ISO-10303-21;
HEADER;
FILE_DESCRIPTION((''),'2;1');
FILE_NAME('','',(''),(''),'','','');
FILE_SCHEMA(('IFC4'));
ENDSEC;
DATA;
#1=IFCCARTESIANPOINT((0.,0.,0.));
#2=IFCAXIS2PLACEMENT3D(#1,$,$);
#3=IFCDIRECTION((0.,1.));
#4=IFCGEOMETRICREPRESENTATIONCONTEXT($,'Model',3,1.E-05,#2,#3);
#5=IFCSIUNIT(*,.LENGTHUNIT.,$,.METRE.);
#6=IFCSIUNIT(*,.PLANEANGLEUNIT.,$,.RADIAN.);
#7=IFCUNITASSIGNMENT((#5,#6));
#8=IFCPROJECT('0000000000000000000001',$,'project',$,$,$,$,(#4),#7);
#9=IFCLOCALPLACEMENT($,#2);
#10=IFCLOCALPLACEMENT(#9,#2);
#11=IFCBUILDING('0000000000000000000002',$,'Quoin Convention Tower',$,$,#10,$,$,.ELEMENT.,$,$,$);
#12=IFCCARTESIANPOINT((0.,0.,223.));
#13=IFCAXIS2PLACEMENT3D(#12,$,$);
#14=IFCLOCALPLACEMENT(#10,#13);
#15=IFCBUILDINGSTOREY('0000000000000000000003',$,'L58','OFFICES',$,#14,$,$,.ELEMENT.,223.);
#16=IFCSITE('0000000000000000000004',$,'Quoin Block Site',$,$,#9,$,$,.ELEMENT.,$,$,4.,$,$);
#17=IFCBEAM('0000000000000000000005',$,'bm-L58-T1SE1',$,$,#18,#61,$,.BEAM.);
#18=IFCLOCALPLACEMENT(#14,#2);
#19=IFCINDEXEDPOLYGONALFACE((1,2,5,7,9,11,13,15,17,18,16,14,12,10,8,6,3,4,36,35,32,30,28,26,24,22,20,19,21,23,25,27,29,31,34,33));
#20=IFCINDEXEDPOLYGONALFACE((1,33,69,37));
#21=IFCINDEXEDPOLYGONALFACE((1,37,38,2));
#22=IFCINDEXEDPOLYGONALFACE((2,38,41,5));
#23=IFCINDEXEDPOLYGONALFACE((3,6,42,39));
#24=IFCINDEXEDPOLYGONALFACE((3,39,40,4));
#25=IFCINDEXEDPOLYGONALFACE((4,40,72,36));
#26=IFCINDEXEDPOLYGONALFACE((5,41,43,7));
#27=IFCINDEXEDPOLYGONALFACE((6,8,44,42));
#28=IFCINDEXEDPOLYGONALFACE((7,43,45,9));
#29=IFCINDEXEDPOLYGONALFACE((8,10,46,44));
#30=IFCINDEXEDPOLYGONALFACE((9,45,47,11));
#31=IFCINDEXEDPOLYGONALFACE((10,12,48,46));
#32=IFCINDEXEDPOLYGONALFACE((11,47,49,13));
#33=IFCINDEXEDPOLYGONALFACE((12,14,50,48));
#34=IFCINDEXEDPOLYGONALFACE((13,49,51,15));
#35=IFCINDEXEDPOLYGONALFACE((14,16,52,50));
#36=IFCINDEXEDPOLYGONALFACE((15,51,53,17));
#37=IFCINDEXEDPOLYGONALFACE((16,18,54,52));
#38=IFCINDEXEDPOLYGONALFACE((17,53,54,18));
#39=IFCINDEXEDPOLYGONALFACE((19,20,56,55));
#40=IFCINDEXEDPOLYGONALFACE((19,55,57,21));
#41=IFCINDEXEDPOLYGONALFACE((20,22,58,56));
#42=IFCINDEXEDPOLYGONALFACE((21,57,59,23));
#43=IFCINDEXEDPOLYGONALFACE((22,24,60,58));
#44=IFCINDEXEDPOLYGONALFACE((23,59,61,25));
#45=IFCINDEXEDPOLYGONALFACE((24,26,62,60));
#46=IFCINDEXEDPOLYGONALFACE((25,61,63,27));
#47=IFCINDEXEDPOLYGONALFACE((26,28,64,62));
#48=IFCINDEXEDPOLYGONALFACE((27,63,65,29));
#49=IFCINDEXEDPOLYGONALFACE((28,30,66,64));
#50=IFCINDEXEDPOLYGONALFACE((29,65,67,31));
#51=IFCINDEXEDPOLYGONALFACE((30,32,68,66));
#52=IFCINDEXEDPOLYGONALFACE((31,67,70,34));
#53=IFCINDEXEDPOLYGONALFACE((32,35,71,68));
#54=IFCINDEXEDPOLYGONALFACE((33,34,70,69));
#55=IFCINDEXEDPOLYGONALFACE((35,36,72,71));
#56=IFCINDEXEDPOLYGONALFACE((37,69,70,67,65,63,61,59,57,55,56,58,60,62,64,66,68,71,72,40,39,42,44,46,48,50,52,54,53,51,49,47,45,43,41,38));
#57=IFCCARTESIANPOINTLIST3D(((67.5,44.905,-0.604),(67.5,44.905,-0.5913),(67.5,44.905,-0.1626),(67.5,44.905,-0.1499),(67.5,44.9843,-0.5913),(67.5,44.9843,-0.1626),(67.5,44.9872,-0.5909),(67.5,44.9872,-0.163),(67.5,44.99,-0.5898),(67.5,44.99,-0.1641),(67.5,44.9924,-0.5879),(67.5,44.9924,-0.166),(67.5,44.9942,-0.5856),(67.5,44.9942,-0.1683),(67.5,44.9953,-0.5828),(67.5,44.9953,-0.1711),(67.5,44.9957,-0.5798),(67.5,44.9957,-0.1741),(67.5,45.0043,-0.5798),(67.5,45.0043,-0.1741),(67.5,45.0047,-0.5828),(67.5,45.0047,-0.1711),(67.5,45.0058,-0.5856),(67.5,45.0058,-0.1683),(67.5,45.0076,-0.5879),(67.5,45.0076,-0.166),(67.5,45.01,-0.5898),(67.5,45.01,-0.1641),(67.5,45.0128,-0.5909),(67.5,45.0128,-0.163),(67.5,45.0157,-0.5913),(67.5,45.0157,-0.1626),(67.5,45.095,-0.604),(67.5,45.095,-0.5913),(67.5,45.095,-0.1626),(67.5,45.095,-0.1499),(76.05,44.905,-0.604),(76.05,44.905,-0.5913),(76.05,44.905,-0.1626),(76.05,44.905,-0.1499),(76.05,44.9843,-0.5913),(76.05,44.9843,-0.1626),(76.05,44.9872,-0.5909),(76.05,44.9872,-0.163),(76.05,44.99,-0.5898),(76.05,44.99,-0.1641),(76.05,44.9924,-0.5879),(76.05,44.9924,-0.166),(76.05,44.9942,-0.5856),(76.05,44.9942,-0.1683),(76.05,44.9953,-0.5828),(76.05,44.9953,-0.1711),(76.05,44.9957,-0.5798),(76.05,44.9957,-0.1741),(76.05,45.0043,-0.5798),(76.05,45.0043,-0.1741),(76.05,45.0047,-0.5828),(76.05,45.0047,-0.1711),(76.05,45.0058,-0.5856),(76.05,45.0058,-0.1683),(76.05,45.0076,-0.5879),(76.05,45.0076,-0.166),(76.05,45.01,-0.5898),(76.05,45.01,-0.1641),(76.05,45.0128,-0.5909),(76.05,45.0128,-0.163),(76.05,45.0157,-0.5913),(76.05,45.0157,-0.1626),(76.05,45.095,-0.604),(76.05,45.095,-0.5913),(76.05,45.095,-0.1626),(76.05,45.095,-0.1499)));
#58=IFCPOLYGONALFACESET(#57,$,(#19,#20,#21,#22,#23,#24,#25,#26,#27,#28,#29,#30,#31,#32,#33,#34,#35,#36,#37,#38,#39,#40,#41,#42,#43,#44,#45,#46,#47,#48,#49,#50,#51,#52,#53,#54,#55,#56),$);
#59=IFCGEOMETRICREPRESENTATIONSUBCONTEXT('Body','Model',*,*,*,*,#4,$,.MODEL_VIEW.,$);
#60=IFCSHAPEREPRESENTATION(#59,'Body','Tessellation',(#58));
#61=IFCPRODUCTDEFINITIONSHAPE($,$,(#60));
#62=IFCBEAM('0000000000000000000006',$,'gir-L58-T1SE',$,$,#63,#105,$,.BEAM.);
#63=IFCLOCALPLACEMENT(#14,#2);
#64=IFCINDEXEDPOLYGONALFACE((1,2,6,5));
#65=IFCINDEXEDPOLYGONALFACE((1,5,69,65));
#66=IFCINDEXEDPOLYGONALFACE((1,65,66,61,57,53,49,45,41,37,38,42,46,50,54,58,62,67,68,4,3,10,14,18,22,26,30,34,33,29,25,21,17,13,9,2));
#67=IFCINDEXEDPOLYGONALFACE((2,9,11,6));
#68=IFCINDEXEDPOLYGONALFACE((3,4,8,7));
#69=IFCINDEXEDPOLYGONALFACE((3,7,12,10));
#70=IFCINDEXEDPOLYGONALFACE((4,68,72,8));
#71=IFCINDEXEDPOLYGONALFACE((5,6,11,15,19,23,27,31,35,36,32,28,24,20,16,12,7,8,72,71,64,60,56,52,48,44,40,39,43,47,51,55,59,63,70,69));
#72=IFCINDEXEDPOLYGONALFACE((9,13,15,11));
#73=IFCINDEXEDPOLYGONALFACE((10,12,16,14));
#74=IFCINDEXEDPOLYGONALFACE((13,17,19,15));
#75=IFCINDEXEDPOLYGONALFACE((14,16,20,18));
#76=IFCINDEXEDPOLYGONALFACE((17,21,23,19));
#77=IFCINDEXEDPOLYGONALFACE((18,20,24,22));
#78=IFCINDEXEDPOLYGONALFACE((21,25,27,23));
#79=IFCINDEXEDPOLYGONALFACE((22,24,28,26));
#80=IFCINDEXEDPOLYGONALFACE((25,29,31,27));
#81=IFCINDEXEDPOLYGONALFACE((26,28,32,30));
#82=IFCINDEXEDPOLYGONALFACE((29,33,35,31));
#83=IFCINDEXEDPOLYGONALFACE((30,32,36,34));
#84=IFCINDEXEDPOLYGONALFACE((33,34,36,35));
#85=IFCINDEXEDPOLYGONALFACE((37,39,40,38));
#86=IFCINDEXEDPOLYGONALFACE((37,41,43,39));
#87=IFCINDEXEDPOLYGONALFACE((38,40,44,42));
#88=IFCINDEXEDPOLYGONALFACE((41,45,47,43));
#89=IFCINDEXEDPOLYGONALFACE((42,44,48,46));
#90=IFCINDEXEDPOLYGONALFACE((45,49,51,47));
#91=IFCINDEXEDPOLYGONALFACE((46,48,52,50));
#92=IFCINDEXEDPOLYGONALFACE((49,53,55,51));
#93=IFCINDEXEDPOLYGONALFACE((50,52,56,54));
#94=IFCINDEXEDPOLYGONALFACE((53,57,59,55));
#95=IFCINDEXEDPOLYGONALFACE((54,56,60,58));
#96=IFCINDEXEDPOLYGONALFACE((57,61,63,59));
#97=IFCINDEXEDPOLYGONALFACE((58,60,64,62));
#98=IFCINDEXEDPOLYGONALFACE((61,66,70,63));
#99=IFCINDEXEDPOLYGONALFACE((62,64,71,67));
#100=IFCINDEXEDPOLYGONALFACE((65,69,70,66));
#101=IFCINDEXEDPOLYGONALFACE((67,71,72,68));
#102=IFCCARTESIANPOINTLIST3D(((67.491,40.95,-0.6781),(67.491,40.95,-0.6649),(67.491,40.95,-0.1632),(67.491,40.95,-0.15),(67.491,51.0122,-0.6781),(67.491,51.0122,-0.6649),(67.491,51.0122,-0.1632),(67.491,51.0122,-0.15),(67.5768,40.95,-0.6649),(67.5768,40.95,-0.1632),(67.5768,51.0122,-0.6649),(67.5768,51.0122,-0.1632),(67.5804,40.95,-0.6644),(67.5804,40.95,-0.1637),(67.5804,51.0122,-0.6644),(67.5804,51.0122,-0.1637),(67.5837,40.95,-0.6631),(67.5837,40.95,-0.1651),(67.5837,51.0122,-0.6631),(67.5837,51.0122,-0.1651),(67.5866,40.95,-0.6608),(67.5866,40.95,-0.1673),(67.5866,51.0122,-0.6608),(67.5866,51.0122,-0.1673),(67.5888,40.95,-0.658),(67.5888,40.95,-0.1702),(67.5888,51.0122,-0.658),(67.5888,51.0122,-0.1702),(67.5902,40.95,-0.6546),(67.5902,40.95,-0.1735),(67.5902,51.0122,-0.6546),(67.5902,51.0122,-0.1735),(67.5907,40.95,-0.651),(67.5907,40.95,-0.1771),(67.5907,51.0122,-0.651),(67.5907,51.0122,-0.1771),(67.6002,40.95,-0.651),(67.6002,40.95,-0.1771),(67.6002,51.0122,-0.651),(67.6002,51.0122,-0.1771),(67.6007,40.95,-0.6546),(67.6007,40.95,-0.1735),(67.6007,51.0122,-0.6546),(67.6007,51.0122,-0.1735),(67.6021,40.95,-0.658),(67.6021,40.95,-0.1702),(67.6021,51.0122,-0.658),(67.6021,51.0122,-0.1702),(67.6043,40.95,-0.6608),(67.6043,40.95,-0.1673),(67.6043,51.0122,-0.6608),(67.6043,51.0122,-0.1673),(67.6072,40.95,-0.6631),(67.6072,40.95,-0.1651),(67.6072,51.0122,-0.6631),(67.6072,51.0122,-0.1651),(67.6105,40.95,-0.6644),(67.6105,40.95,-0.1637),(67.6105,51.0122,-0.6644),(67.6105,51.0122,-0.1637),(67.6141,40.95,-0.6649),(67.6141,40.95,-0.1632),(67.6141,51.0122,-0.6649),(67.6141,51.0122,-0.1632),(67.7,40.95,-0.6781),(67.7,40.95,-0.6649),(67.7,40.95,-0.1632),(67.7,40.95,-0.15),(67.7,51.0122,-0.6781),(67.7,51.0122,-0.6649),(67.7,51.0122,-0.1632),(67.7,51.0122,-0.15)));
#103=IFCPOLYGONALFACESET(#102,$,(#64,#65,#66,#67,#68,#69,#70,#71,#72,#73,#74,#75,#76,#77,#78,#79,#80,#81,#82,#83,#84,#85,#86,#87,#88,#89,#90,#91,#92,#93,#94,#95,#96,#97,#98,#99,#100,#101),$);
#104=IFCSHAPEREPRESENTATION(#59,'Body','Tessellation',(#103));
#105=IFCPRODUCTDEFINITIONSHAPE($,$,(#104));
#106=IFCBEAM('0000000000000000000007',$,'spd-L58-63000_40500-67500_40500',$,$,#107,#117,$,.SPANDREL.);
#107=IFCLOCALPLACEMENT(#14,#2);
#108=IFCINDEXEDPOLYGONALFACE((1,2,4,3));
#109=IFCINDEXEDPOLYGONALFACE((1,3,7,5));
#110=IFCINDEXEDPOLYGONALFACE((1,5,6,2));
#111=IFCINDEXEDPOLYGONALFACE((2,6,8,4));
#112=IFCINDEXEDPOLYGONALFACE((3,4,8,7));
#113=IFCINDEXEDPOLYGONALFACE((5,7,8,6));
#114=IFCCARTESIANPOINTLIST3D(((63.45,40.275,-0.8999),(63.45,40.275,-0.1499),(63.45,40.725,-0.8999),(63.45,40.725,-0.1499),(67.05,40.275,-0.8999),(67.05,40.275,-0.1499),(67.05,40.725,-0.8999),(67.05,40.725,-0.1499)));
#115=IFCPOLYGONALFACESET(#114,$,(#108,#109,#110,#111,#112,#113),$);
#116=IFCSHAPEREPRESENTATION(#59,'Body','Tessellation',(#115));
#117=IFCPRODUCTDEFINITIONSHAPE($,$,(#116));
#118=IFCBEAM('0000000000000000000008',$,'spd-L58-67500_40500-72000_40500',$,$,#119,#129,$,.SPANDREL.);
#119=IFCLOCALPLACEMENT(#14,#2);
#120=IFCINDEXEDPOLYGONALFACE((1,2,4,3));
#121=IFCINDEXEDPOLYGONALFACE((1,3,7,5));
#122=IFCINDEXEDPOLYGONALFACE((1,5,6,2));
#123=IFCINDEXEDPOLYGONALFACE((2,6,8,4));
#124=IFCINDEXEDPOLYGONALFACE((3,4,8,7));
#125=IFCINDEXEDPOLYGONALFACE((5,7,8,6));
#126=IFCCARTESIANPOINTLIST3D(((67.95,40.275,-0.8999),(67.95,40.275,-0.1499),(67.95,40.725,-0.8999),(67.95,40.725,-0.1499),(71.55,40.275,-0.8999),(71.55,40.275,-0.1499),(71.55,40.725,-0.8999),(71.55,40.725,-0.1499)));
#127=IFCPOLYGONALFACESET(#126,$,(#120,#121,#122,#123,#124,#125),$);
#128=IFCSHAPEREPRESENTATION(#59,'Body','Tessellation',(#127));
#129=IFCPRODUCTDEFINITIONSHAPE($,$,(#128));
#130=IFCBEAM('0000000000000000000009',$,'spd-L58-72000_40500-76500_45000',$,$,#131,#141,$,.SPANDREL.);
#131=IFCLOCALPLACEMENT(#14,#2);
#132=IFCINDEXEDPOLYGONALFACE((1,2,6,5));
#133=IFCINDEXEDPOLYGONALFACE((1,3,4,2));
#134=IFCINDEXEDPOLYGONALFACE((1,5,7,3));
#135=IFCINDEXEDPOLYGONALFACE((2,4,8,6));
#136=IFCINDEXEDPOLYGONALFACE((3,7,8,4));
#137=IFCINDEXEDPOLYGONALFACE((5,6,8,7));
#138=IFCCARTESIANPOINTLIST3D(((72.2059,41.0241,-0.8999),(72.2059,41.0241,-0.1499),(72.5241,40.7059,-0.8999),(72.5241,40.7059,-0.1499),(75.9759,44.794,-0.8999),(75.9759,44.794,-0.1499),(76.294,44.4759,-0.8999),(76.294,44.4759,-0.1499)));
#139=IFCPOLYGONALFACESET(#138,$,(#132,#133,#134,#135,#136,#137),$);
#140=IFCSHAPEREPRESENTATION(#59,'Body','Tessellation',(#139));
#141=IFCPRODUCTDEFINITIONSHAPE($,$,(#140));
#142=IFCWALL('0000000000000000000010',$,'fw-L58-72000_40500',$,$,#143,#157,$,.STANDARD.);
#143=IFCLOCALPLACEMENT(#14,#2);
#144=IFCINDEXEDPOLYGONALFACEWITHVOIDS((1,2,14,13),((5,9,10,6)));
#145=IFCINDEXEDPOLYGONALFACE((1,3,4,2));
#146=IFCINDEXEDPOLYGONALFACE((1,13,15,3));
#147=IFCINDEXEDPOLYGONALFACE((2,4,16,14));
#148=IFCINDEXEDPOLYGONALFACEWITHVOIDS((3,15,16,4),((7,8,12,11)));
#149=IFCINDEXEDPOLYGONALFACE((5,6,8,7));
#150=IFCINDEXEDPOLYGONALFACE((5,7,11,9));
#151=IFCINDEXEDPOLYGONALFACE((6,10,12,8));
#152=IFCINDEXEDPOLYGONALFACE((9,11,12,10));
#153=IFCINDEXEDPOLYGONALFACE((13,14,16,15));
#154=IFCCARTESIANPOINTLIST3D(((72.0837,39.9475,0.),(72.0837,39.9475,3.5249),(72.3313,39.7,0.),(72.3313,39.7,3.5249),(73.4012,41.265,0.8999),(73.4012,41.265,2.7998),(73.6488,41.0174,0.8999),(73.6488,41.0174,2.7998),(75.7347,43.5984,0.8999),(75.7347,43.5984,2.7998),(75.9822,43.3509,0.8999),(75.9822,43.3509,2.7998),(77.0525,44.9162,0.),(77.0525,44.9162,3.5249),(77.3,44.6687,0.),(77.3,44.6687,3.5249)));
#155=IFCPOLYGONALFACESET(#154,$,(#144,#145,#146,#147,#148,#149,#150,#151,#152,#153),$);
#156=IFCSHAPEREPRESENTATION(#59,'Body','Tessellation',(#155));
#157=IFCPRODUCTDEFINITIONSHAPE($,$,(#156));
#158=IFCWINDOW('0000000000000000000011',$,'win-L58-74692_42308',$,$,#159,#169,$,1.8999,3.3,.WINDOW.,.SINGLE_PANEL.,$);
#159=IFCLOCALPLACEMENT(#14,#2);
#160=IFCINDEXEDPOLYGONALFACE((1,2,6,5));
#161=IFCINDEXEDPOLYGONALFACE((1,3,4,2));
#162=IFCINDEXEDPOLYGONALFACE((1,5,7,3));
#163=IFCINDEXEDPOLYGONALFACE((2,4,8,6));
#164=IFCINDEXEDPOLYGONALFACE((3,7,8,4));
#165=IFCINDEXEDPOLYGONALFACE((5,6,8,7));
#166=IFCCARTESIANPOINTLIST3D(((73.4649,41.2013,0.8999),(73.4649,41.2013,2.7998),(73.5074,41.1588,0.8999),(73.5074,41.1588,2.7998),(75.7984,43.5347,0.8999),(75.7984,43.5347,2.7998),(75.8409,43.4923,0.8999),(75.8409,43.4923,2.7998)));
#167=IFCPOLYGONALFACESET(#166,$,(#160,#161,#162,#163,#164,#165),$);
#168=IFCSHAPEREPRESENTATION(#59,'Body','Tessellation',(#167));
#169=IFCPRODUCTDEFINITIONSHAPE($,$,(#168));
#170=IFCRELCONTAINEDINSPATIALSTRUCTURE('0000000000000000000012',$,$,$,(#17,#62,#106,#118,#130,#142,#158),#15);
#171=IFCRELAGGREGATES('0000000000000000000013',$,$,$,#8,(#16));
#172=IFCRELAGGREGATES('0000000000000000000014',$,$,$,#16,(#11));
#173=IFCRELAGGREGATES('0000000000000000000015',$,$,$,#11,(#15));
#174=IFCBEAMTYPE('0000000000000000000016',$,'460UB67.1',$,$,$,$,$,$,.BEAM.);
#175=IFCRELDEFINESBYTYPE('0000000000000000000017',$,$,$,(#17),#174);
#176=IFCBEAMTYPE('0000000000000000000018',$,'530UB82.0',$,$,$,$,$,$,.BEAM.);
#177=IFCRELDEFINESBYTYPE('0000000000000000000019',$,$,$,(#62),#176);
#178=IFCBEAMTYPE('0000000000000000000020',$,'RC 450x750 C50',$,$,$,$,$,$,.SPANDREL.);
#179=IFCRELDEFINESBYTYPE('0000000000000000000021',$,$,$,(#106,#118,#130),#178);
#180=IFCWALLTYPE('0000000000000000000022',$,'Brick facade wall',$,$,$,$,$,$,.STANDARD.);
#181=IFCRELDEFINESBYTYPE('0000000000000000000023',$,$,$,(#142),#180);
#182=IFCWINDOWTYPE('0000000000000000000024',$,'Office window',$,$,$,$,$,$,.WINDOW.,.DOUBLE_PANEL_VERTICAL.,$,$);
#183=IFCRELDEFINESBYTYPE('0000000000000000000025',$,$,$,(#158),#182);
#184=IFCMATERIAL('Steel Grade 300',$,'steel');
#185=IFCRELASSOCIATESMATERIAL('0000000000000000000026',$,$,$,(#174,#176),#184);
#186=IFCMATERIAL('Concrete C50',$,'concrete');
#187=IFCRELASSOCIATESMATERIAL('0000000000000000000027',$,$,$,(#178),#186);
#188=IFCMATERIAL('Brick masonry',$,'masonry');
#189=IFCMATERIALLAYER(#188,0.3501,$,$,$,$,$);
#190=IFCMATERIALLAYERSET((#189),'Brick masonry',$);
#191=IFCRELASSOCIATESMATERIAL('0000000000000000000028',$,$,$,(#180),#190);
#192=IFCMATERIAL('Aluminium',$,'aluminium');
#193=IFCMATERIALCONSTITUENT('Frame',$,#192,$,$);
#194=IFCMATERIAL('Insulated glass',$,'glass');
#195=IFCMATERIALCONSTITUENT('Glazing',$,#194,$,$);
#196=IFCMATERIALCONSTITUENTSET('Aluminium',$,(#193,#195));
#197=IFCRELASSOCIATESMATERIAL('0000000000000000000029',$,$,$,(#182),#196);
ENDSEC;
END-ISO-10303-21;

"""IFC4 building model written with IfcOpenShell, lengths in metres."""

from ifc_helpers import new_model, si_unit, direction, frame, frame_2d, origin, origin_2d, place, context, subcontext, project, spatial, rectangle, i_section, extrude, material, layer, layer_set, constituent, constituent_set, material_profile, profile_set, type_object, element, fill, save


model = new_model("IFC4")

# Units and contexts
model_context = context("Model", 3, precision=1e-05, world=origin(), true_north=direction((0.0, 1.0)))
body_context = subcontext(model_context, "Body", "Model", "MODEL_VIEW")
ifc_project = project(units=[si_unit("LENGTHUNIT", "METRE"), si_unit("PLANEANGLEUNIT", "RADIAN")], contexts=[model_context])

# Site, building, storey
site_placement = place(None, origin())
site = spatial("IfcSite", under=ifc_project, at=site_placement, Name="Quoin Block Site", CompositionType="ELEMENT", RefElevation=4.0)
building_placement = place(site_placement, origin())
building = spatial("IfcBuilding", under=site, at=building_placement, Name="Quoin Convention Tower", CompositionType="ELEMENT")
storey_placement = place(building_placement, frame((0.0, 0.0, 223.0)))
storey = spatial("IfcBuildingStorey", under=building, at=storey_placement, Name="L58", Description="OFFICES", CompositionType="ELEMENT", Elevation=223.0)

# Shared definitions
ifc_material_1 = material(Name="Concrete C50", Category="concrete")

# Beams
ifc_material_2 = material(Name="Steel Grade 300", Category="steel")
ifc_material_profile_1 = material_profile(ifc_material_2, i_section(OverallWidth=0.1899, OverallDepth=0.4541, WebThickness=0.0085, FlangeThickness=0.0127, FilletRadius=0.0115, at=origin_2d()), Name="460UB67.1")
ifc_profile_set_1 = profile_set([ifc_material_profile_1], Name="Steel Grade 300")
beam_type_1 = type_object("IfcBeamType", Name="460UB67.1", PredefinedType="BEAM", material=ifc_profile_set_1)
beam_1_placement = place(storey_placement, frame((67.5, 45.0, -0.377), z_axis=(1.0, 0.0, 0.0), x_axis=(0.0, 1.0, 0.0)))
element("IfcBeam", 1, at=beam_1_placement, inside=storey, type_object=beam_type_1, Name="bm-L58-T1SE1", PredefinedType="BEAM", context=body_context, shape_type="SweptSolid", body=[
    extrude(i_section(OverallWidth=0.1899, OverallDepth=0.4541, WebThickness=0.0085, FlangeThickness=0.0127, FilletRadius=0.0115, at=origin_2d()), origin(), (0.0, 0.0, 1.0), 8.55),
])
ifc_material_profile_2 = material_profile(ifc_material_2, i_section(OverallWidth=0.209, OverallDepth=0.5281, WebThickness=0.0095, FlangeThickness=0.0132, FilletRadius=0.0139, at=origin_2d()), Name="530UB82.0")
ifc_profile_set_2 = profile_set([ifc_material_profile_2], Name="Steel Grade 300")
beam_type_2 = type_object("IfcBeamType", Name="530UB82.0", PredefinedType="BEAM", material=ifc_profile_set_2)
beam_2_placement = place(storey_placement, frame((67.5955, 40.95, -0.4141), z_axis=(0.0, 1.0, 0.0), x_axis=(-1.0, 0.0, 0.0)))
element("IfcBeam", 2, at=beam_2_placement, inside=storey, type_object=beam_type_2, Name="gir-L58-T1SE", PredefinedType="BEAM", context=body_context, shape_type="SweptSolid", body=[
    extrude(i_section(OverallWidth=0.209, OverallDepth=0.5281, WebThickness=0.0095, FlangeThickness=0.0132, FilletRadius=0.0139, at=origin_2d()), origin(), (0.0, 0.0, 1.0), 10.0623),
])
ifc_material_profile_3 = material_profile(ifc_material_1, rectangle(XDim=0.45, YDim=0.75, at=origin_2d()), Name="RC 450x750")
ifc_profile_set_3 = profile_set([ifc_material_profile_3], Name="Concrete C50")
beam_type_3 = type_object("IfcBeamType", Name="RC 450x750 C50", PredefinedType="SPANDREL", material=ifc_profile_set_3)
for number, where, z_axis, x_axis, name in (
    (3, (63.45, 40.5, -0.5249), (1.0, 0.0, 0.0), (0.0, 1.0, 0.0), "spd-L58-63000_40500-67500_40500"),
    (4, (67.95, 40.5, -0.5249), (1.0, 0.0, 0.0), (0.0, 1.0, 0.0), "spd-L58-67500_40500-72000_40500"),
):
    element("IfcBeam", number, at=place(storey_placement, frame(where, z_axis=z_axis, x_axis=x_axis)), inside=storey, type_object=beam_type_3, Name=name, PredefinedType="SPANDREL", context=body_context, shape_type="SweptSolid", body=[
        extrude(rectangle(XDim=0.45, YDim=0.75, at=origin_2d()), origin(), (0.0, 0.0, 1.0), 3.6001),
    ])
beam_3_placement = place(storey_placement, frame((72.365, 40.865, -0.5249), z_axis=(0.707107, 0.707107, 0.0), x_axis=(-0.707107, 0.707107, 0.0)))
element("IfcBeam", 5, at=beam_3_placement, inside=storey, type_object=beam_type_3, Name="spd-L58-72000_40500-76500_45000", PredefinedType="SPANDREL", context=body_context, shape_type="SweptSolid", body=[
    extrude(rectangle(XDim=0.45, YDim=0.75, at=origin_2d()), origin(), (0.0, 0.0, 1.0), 5.3315),
])

# Wall, opening, window
ifc_material_3 = material(Name="Brick masonry", Category="masonry")
ifc_layer_1 = layer(ifc_material_3, 0.3501)
ifc_layer_set_1 = layer_set([ifc_layer_1], Name="Brick masonry")
wall_type_1 = type_object("IfcWallType", Name="Brick facade wall", PredefinedType="STANDARD", material=ifc_layer_set_1)
wall_1_placement = place(storey_placement, frame((72.2075, 39.8237, 0.0), z_axis=(0.0, 0.0, 1.0), x_axis=(0.707107, 0.707107, 0.0)))
wall_1 = element("IfcWall", 6, at=wall_1_placement, inside=storey, type_object=wall_type_1, Name="fw-L58-72000_40500", PredefinedType="STANDARD", context=body_context, shape_type="SweptSolid", body=[
    extrude(rectangle(XDim=7.0269, YDim=0.3501, at=frame_2d((3.5134, 0.0))), origin(), (0.0, 0.0, 1.0), 3.5249),
])
opening_1_placement = place(wall_1_placement, frame((1.8633, 0.0, 0.8999)))
opening_1 = element("IfcOpeningElement", 7, at=opening_1_placement, cuts=wall_1, PredefinedType="OPENING", context=body_context, shape_type="SweptSolid", body=[
    extrude(rectangle(XDim=3.3, YDim=1.8999, at=frame_2d((1.6499, 0.95))), frame((0.0, 0.1851, 0.0), z_axis=(0.0, -1.0, 0.0), x_axis=(1.0, 0.0, 0.0)), (0.0, 0.0, 1.0), 0.3701),
])
ifc_material_4 = material(Name="Aluminium", Category="aluminium")
ifc_constituent_1 = constituent(ifc_material_4, Name="Frame")
ifc_material_5 = material(Name="Insulated glass", Category="glass")
ifc_constituent_2 = constituent(ifc_material_5, Name="Glazing")
ifc_constituent_set = constituent_set(constituents=[ifc_constituent_1, ifc_constituent_2], Name="Aluminium")
window_type = type_object("IfcWindowType", Name="Office window", PartitioningType="DOUBLE_PANEL_VERTICAL", PredefinedType="WINDOW", material=ifc_constituent_set)
window_1_placement = place(opening_1_placement, origin())
window_1 = element("IfcWindow", 8, at=window_1_placement, inside=storey, type_object=window_type, Name="win-L58-74692_42308", OverallHeight=1.8999, OverallWidth=3.3, PartitioningType="SINGLE_PANEL", PredefinedType="WINDOW", context=body_context, shape_type="SweptSolid", body=[
    extrude(rectangle(XDim=3.3, YDim=1.8999, at=frame_2d((1.6499, 0.95))), frame((0.0, 0.085, 0.0), z_axis=(0.0, -1.0, 0.0), x_axis=(1.0, 0.0, 0.0)), (0.0, 0.0, 1.0), 0.0601),
])
fill(opening_1, window_1)

save(model, "model.ifc")
